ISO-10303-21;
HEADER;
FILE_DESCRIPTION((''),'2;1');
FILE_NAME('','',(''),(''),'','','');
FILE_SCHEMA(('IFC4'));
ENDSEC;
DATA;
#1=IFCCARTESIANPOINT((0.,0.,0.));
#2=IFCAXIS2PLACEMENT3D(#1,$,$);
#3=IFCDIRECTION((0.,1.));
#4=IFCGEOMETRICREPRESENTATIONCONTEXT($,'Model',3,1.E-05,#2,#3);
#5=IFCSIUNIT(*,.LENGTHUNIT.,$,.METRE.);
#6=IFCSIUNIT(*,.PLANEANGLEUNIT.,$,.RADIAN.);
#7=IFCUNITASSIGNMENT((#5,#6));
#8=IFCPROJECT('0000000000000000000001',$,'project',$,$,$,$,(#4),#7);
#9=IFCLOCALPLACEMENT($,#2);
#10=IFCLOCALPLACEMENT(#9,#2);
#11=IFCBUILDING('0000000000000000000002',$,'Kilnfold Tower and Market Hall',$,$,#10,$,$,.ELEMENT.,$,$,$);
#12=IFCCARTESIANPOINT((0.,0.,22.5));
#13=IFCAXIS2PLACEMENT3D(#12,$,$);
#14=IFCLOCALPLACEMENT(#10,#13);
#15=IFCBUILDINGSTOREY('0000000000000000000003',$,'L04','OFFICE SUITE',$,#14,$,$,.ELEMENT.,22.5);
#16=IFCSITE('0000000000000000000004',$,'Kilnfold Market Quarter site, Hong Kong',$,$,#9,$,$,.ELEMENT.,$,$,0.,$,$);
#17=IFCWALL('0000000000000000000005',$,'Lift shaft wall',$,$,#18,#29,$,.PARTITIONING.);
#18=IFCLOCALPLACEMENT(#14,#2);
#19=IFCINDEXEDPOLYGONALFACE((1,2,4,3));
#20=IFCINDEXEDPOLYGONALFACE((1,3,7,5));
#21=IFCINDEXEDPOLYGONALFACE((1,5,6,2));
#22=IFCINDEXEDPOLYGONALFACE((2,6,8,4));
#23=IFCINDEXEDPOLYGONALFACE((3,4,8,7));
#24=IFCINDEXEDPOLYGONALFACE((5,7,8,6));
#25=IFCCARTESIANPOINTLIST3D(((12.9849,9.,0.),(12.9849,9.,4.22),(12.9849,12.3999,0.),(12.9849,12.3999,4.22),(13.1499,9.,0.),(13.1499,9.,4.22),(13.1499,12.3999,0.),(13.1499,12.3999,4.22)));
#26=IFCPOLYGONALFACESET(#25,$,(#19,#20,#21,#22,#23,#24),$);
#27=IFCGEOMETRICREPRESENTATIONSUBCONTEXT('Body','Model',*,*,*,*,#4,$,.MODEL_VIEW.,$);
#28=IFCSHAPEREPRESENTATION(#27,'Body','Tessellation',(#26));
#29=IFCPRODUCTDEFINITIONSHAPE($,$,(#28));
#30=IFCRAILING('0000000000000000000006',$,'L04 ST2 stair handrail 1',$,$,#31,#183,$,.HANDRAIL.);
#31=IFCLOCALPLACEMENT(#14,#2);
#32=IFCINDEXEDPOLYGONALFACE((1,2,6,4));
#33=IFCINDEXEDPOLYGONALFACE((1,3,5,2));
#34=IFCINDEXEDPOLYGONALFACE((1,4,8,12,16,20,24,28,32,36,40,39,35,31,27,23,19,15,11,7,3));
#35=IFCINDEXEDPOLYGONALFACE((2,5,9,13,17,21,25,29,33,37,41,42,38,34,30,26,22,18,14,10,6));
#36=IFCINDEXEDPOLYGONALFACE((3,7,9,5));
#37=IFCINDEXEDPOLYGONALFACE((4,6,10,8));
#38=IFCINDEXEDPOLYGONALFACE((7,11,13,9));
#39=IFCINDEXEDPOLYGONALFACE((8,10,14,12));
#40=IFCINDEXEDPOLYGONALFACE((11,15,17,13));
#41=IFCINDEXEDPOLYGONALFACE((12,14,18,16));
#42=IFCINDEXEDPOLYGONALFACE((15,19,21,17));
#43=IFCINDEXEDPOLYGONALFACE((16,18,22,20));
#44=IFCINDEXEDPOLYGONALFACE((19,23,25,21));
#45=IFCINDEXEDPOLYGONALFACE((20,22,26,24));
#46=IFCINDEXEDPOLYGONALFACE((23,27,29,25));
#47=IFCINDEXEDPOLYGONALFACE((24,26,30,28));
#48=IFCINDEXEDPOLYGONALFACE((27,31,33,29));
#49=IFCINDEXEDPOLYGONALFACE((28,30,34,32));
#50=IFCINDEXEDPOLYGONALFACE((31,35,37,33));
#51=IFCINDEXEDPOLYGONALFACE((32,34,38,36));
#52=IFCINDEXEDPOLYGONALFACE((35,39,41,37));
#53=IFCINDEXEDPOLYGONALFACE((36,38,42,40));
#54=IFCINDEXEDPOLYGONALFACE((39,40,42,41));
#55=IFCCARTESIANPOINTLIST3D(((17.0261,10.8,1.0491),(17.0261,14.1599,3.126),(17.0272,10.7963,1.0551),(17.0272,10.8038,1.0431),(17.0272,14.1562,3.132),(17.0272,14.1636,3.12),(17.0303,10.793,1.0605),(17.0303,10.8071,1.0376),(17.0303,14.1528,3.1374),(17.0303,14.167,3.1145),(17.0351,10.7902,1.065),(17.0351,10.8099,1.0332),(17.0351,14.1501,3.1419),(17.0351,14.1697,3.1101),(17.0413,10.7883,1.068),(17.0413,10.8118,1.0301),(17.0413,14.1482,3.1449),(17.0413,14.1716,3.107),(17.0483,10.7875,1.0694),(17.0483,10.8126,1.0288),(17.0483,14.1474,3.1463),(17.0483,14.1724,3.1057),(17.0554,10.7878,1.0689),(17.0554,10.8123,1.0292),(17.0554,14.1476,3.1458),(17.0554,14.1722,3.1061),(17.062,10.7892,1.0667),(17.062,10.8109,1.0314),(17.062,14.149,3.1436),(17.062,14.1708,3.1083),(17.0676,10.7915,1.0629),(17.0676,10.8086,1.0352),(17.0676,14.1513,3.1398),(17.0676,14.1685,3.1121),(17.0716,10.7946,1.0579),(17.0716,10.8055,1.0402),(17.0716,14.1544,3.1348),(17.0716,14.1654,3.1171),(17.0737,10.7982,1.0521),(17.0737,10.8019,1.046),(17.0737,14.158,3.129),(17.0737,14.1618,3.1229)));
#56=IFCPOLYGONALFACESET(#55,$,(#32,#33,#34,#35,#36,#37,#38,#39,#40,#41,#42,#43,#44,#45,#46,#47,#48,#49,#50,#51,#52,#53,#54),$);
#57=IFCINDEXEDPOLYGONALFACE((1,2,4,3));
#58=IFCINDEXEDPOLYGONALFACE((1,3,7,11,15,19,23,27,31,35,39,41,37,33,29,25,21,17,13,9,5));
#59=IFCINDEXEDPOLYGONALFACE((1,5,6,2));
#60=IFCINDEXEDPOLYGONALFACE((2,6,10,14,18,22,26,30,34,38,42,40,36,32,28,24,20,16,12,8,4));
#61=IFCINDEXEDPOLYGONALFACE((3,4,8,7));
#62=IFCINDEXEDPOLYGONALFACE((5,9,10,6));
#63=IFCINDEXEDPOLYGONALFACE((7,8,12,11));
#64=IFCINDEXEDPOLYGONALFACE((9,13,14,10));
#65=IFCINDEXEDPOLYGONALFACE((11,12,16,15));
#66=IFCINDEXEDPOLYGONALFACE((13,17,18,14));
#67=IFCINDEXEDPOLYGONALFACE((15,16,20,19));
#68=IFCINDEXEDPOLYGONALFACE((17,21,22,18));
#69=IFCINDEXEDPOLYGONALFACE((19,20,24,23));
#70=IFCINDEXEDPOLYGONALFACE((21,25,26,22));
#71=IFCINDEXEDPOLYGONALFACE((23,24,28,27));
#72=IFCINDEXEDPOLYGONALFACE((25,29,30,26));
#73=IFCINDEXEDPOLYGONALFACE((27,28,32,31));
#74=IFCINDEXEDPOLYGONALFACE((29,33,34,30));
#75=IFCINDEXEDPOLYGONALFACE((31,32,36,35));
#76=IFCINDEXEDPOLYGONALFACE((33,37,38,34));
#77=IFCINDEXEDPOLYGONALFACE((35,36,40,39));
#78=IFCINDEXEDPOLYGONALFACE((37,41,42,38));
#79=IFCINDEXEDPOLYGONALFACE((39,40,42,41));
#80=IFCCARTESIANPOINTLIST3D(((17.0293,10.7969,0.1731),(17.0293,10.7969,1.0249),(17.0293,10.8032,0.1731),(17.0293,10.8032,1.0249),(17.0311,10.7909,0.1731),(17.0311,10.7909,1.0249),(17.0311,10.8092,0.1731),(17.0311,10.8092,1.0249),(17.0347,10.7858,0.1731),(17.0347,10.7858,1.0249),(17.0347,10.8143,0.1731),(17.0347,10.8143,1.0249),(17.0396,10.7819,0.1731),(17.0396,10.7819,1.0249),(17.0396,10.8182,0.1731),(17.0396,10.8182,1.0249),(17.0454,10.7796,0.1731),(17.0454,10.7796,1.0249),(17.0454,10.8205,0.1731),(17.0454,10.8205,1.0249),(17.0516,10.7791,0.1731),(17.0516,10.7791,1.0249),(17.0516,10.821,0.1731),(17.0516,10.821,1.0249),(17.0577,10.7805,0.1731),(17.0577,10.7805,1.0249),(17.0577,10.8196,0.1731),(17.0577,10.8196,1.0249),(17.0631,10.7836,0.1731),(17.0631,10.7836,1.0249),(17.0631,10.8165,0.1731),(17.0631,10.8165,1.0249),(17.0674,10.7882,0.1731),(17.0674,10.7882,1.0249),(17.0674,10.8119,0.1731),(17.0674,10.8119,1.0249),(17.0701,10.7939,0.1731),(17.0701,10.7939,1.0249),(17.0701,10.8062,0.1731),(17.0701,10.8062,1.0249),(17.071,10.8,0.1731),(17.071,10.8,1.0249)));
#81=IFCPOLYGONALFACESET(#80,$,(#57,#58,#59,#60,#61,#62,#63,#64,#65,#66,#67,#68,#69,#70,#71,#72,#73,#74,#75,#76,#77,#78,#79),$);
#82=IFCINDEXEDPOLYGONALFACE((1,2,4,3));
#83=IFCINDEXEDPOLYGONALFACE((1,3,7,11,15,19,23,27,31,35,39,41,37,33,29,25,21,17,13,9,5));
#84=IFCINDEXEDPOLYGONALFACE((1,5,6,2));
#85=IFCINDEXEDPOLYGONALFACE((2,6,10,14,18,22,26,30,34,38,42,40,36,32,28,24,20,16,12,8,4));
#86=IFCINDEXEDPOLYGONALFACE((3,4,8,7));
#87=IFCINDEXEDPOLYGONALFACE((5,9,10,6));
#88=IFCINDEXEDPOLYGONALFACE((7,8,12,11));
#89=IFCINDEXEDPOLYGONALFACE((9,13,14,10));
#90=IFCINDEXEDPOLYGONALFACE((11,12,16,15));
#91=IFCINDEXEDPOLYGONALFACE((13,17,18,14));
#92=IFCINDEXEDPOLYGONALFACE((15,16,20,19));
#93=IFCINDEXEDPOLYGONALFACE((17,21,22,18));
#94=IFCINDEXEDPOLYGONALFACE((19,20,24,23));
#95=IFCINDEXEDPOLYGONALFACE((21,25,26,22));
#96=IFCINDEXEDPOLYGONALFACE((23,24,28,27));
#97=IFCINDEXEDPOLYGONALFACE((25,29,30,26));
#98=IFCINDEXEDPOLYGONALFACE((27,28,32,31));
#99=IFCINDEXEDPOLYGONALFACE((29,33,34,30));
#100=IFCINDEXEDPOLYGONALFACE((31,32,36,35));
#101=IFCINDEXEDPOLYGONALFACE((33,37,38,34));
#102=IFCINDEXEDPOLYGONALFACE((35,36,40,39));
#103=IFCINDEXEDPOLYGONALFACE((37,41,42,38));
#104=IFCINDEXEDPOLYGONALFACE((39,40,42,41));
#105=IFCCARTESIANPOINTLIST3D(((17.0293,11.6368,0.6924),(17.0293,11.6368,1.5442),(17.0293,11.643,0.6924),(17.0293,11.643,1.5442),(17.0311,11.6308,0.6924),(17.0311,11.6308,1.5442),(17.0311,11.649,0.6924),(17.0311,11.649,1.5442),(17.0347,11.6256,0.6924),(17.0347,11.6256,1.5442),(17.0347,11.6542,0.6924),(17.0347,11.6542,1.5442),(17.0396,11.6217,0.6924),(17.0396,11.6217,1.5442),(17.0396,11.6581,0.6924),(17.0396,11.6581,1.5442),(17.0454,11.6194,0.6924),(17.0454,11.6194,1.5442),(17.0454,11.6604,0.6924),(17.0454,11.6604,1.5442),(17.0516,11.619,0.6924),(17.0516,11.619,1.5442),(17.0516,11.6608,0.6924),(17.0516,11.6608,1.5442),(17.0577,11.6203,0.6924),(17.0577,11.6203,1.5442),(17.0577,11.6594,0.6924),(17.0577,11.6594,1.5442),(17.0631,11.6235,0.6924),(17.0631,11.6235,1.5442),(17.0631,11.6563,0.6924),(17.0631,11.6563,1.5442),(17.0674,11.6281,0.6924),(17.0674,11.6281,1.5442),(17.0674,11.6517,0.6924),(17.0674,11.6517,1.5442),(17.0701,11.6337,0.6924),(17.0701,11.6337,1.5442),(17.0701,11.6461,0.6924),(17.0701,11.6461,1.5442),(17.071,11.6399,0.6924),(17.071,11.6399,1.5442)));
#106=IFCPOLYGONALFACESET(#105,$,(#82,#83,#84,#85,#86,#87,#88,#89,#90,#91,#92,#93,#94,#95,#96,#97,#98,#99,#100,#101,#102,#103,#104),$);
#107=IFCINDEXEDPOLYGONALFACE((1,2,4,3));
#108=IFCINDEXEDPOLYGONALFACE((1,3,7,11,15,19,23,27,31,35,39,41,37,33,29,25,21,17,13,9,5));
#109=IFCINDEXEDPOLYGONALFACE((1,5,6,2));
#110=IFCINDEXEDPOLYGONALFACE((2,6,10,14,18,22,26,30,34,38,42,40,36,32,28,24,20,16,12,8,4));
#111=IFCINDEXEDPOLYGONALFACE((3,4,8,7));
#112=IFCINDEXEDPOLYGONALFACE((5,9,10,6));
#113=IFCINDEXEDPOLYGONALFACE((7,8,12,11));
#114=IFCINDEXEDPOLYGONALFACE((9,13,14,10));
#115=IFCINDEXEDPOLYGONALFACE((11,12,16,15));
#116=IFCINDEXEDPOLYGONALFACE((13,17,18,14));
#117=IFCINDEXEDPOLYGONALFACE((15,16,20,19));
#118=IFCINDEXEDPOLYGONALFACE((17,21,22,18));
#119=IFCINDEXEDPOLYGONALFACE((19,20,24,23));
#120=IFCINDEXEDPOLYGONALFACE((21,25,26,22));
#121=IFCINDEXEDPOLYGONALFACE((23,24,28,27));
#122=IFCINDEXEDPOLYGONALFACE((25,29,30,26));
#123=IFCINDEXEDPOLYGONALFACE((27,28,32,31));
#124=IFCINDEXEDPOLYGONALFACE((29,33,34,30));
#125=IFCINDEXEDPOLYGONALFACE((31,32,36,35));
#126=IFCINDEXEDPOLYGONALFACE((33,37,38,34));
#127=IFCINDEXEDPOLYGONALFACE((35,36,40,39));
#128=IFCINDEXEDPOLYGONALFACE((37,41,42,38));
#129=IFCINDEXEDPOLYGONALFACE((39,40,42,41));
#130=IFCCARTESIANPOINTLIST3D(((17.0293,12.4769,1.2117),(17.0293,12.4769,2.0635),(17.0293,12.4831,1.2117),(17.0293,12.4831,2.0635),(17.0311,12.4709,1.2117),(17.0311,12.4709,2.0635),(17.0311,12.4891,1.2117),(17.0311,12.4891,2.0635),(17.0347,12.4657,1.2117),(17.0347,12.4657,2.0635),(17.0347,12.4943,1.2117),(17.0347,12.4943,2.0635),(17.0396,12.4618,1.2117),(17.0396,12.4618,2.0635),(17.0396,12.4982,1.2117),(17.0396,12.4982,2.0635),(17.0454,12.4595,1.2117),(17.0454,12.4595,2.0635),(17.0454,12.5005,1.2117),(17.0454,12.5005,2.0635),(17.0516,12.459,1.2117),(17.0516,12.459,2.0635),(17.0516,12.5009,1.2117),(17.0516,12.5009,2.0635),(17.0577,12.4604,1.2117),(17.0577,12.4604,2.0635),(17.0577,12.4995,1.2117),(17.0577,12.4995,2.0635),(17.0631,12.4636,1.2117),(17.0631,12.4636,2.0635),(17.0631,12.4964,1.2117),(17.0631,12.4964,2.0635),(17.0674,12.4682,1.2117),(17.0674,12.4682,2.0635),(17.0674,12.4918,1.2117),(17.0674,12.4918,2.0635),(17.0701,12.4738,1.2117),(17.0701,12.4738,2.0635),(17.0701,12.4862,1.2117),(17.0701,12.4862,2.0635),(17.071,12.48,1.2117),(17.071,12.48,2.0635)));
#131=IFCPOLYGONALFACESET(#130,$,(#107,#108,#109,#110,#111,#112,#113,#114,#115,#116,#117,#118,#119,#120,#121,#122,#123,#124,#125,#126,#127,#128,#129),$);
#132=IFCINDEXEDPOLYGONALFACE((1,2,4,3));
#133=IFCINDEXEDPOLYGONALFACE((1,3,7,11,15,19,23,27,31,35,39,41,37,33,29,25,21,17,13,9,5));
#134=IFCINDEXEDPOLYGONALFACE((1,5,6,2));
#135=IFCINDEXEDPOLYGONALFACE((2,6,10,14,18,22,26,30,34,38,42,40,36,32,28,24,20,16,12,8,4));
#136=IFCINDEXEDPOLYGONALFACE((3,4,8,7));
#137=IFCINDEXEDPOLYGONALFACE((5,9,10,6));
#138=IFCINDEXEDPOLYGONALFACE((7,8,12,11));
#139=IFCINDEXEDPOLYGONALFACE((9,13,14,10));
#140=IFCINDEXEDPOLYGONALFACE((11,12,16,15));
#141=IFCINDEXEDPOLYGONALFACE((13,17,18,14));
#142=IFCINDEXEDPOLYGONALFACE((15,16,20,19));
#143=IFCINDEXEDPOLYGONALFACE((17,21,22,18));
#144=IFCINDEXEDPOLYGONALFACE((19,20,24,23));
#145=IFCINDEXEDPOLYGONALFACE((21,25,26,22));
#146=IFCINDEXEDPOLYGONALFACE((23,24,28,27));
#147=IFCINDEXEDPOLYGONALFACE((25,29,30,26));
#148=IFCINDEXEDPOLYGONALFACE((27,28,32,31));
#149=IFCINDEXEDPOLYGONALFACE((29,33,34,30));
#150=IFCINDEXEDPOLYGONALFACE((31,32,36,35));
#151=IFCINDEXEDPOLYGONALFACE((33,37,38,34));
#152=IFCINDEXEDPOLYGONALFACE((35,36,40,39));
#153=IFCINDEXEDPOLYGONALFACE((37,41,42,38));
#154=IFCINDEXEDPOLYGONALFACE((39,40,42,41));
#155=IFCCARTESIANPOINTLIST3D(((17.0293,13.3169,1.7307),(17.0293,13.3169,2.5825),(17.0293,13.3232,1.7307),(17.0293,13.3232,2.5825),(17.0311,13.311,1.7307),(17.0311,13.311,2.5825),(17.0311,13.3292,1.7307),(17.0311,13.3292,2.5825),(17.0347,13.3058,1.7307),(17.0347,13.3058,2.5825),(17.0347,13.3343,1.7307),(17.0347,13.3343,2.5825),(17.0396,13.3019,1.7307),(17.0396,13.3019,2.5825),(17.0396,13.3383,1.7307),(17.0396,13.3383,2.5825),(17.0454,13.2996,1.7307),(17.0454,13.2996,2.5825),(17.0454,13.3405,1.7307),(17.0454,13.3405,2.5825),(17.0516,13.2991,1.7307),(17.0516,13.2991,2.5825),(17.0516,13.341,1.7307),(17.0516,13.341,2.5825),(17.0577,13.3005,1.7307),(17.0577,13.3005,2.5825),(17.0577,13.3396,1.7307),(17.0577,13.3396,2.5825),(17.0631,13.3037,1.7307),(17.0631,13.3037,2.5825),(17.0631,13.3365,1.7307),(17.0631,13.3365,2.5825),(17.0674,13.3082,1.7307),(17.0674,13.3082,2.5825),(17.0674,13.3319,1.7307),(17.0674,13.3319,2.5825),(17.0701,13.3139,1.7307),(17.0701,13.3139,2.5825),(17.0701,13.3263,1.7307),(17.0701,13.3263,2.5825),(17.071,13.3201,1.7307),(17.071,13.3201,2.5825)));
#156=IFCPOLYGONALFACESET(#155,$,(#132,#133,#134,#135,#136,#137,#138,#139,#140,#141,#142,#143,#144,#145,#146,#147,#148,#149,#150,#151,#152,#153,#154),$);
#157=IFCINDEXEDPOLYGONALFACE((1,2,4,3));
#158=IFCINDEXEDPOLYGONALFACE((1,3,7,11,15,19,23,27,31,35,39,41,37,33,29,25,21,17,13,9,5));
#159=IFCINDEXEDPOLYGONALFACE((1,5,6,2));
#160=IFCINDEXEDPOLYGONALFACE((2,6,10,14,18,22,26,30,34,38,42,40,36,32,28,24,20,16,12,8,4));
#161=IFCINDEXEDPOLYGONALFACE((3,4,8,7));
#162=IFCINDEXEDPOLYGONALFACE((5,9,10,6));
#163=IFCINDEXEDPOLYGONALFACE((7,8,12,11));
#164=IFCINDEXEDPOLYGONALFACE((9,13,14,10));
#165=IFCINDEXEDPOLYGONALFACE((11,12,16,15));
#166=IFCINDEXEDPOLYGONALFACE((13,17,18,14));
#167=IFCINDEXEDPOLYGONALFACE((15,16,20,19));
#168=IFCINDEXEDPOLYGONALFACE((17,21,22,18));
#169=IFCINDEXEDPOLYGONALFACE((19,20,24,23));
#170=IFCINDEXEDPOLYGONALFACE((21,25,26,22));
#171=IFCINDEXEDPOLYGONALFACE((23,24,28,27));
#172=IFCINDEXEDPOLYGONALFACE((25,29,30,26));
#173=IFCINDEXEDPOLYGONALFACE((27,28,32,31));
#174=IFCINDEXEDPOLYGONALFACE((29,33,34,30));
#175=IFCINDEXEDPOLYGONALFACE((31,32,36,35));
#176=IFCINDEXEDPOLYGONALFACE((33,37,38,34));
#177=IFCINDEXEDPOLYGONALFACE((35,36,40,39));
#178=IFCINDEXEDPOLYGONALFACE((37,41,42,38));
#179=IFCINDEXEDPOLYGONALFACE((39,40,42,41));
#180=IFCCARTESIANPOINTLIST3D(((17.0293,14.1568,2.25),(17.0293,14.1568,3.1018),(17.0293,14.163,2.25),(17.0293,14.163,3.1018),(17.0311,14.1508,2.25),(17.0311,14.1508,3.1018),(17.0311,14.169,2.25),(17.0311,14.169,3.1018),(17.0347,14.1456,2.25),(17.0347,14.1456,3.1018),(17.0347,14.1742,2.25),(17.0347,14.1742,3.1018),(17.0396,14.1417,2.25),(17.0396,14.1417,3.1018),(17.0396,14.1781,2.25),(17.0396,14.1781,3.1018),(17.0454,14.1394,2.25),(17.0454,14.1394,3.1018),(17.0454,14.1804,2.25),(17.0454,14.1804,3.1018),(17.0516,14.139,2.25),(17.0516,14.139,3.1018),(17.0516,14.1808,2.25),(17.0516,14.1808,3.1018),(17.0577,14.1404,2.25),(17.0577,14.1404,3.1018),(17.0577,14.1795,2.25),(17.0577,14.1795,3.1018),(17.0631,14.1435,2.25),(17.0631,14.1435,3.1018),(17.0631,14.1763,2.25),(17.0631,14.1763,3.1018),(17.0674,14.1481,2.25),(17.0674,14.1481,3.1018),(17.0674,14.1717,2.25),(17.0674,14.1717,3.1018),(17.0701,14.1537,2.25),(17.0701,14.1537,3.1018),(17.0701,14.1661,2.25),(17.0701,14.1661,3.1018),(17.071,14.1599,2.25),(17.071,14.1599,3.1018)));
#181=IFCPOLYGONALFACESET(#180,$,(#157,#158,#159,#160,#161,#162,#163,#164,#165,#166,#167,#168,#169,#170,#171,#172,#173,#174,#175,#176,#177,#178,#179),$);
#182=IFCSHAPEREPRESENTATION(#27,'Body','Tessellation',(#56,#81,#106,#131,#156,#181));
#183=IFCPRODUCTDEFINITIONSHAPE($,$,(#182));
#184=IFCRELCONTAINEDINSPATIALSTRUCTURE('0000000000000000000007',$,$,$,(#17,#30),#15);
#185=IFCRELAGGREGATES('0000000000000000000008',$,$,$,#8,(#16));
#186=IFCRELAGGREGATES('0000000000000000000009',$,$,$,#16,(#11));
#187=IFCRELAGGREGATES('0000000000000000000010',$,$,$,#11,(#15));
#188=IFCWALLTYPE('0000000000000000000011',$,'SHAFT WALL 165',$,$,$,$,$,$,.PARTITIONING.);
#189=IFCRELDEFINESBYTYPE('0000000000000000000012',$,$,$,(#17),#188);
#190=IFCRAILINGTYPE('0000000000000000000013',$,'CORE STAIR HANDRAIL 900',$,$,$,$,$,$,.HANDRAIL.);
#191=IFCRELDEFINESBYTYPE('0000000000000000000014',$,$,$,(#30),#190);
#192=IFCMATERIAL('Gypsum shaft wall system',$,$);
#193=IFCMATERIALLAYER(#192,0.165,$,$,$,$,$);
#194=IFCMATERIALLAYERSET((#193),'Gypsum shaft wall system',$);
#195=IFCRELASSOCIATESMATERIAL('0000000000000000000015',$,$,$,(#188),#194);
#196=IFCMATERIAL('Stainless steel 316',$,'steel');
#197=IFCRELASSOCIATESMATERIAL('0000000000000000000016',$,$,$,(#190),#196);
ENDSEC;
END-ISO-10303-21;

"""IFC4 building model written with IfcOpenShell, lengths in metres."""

from ifc_helpers import new_model, si_unit, direction, frame, frame_2d, origin, origin_2d, place, context, subcontext, project, spatial, rectangle, circle, extrude, source, transform, mapped, material, layer, layer_set, type_object, element, save


model = new_model("IFC4")

# Units and contexts
model_context = context("Model", 3, precision=1e-05, world=origin(), true_north=direction((0.0, 1.0)))
body_context = subcontext(model_context, "Body", "Model", "MODEL_VIEW")
ifc_project = project(units=[si_unit("LENGTHUNIT", "METRE"), si_unit("PLANEANGLEUNIT", "RADIAN")], contexts=[model_context])

# Site, building, storey
site_placement = place(None, origin())
site = spatial("IfcSite", under=ifc_project, at=site_placement, Name="Kilnfold Market Quarter site, Hong Kong", CompositionType="ELEMENT", RefElevation=0.0)
building_placement = place(site_placement, origin())
building = spatial("IfcBuilding", under=site, at=building_placement, Name="Kilnfold Tower and Market Hall", CompositionType="ELEMENT")
storey_placement = place(building_placement, frame((0.0, 0.0, 22.5)))
storey = spatial("IfcBuildingStorey", under=building, at=storey_placement, Name="L04", Description="OFFICE SUITE", CompositionType="ELEMENT", Elevation=22.5)

# Wall
ifc_material_1 = material(Name="Gypsum shaft wall system")
ifc_layer_1 = layer(ifc_material_1, 0.165)
ifc_layer_set_1 = layer_set([ifc_layer_1], Name="Gypsum shaft wall system")
wall_type_1 = type_object("IfcWallType", Name="SHAFT WALL 165", PredefinedType="PARTITIONING", material=ifc_layer_set_1)
shared_shape_1 = source(origin(), body_context, "Body", "SweptSolid", [
    extrude(rectangle(XDim=3.3999, YDim=0.165, at=frame_2d((1.7, 0.0))), origin(), (0.0, 0.0, 1.0), 4.22),
])
wall_1_placement = place(storey_placement, frame((13.0674, 9.0, 0.0), z_axis=(0.0, 0.0, 1.0), x_axis=(0.0, 1.0, 0.0)))
element("IfcWall", 1, at=wall_1_placement, inside=storey, type_object=wall_type_1, Name="Lift shaft wall", PredefinedType="PARTITIONING", context=body_context, shape_type="MappedRepresentation", body=[
    mapped(shared_shape_1, transform((0.0, 0.0, 0.0))),
])

# Railing
ifc_material_2 = material(Name="Stainless steel 316", Category="steel")
railing_type_1 = type_object("IfcRailingType", Name="CORE STAIR HANDRAIL 900", PredefinedType="HANDRAIL", material=ifc_material_2)
railing_1_placement = place(storey_placement, frame((17.05, 10.8, 0.1731)))
element("IfcRailing", 2, at=railing_1_placement, inside=storey, type_object=railing_type_1, Name="L04 ST2 stair handrail 1", PredefinedType="HANDRAIL", context=body_context, shape_type="SweptSolid", body=[
    extrude(circle(Radius=0.0239, at=origin_2d()), frame((0.0, 0.0, 0.876), z_axis=(0.0, 0.850606, 0.525803), x_axis=(-1.0, 0.0, 0.0)), (0.0, 0.0, 1.0), 3.95),
    extrude(circle(Radius=0.021, at=origin_2d()), origin(), (0.0, 0.0, 1.0), 0.8518),
    extrude(circle(Radius=0.021, at=origin_2d()), frame((0.0, 0.8398, 0.5193)), (0.0, 0.0, 1.0), 0.8518),
    extrude(circle(Radius=0.021, at=origin_2d()), frame((0.0, 1.6799, 1.0386)), (0.0, 0.0, 1.0), 0.8518),
    extrude(circle(Radius=0.021, at=origin_2d()), frame((0.0, 2.52, 1.5576)), (0.0, 0.0, 1.0), 0.8518),
    extrude(circle(Radius=0.021, at=origin_2d()), frame((0.0, 3.3599, 2.0769)), (0.0, 0.0, 1.0), 0.8518),
])

save(model, "model.ifc")
